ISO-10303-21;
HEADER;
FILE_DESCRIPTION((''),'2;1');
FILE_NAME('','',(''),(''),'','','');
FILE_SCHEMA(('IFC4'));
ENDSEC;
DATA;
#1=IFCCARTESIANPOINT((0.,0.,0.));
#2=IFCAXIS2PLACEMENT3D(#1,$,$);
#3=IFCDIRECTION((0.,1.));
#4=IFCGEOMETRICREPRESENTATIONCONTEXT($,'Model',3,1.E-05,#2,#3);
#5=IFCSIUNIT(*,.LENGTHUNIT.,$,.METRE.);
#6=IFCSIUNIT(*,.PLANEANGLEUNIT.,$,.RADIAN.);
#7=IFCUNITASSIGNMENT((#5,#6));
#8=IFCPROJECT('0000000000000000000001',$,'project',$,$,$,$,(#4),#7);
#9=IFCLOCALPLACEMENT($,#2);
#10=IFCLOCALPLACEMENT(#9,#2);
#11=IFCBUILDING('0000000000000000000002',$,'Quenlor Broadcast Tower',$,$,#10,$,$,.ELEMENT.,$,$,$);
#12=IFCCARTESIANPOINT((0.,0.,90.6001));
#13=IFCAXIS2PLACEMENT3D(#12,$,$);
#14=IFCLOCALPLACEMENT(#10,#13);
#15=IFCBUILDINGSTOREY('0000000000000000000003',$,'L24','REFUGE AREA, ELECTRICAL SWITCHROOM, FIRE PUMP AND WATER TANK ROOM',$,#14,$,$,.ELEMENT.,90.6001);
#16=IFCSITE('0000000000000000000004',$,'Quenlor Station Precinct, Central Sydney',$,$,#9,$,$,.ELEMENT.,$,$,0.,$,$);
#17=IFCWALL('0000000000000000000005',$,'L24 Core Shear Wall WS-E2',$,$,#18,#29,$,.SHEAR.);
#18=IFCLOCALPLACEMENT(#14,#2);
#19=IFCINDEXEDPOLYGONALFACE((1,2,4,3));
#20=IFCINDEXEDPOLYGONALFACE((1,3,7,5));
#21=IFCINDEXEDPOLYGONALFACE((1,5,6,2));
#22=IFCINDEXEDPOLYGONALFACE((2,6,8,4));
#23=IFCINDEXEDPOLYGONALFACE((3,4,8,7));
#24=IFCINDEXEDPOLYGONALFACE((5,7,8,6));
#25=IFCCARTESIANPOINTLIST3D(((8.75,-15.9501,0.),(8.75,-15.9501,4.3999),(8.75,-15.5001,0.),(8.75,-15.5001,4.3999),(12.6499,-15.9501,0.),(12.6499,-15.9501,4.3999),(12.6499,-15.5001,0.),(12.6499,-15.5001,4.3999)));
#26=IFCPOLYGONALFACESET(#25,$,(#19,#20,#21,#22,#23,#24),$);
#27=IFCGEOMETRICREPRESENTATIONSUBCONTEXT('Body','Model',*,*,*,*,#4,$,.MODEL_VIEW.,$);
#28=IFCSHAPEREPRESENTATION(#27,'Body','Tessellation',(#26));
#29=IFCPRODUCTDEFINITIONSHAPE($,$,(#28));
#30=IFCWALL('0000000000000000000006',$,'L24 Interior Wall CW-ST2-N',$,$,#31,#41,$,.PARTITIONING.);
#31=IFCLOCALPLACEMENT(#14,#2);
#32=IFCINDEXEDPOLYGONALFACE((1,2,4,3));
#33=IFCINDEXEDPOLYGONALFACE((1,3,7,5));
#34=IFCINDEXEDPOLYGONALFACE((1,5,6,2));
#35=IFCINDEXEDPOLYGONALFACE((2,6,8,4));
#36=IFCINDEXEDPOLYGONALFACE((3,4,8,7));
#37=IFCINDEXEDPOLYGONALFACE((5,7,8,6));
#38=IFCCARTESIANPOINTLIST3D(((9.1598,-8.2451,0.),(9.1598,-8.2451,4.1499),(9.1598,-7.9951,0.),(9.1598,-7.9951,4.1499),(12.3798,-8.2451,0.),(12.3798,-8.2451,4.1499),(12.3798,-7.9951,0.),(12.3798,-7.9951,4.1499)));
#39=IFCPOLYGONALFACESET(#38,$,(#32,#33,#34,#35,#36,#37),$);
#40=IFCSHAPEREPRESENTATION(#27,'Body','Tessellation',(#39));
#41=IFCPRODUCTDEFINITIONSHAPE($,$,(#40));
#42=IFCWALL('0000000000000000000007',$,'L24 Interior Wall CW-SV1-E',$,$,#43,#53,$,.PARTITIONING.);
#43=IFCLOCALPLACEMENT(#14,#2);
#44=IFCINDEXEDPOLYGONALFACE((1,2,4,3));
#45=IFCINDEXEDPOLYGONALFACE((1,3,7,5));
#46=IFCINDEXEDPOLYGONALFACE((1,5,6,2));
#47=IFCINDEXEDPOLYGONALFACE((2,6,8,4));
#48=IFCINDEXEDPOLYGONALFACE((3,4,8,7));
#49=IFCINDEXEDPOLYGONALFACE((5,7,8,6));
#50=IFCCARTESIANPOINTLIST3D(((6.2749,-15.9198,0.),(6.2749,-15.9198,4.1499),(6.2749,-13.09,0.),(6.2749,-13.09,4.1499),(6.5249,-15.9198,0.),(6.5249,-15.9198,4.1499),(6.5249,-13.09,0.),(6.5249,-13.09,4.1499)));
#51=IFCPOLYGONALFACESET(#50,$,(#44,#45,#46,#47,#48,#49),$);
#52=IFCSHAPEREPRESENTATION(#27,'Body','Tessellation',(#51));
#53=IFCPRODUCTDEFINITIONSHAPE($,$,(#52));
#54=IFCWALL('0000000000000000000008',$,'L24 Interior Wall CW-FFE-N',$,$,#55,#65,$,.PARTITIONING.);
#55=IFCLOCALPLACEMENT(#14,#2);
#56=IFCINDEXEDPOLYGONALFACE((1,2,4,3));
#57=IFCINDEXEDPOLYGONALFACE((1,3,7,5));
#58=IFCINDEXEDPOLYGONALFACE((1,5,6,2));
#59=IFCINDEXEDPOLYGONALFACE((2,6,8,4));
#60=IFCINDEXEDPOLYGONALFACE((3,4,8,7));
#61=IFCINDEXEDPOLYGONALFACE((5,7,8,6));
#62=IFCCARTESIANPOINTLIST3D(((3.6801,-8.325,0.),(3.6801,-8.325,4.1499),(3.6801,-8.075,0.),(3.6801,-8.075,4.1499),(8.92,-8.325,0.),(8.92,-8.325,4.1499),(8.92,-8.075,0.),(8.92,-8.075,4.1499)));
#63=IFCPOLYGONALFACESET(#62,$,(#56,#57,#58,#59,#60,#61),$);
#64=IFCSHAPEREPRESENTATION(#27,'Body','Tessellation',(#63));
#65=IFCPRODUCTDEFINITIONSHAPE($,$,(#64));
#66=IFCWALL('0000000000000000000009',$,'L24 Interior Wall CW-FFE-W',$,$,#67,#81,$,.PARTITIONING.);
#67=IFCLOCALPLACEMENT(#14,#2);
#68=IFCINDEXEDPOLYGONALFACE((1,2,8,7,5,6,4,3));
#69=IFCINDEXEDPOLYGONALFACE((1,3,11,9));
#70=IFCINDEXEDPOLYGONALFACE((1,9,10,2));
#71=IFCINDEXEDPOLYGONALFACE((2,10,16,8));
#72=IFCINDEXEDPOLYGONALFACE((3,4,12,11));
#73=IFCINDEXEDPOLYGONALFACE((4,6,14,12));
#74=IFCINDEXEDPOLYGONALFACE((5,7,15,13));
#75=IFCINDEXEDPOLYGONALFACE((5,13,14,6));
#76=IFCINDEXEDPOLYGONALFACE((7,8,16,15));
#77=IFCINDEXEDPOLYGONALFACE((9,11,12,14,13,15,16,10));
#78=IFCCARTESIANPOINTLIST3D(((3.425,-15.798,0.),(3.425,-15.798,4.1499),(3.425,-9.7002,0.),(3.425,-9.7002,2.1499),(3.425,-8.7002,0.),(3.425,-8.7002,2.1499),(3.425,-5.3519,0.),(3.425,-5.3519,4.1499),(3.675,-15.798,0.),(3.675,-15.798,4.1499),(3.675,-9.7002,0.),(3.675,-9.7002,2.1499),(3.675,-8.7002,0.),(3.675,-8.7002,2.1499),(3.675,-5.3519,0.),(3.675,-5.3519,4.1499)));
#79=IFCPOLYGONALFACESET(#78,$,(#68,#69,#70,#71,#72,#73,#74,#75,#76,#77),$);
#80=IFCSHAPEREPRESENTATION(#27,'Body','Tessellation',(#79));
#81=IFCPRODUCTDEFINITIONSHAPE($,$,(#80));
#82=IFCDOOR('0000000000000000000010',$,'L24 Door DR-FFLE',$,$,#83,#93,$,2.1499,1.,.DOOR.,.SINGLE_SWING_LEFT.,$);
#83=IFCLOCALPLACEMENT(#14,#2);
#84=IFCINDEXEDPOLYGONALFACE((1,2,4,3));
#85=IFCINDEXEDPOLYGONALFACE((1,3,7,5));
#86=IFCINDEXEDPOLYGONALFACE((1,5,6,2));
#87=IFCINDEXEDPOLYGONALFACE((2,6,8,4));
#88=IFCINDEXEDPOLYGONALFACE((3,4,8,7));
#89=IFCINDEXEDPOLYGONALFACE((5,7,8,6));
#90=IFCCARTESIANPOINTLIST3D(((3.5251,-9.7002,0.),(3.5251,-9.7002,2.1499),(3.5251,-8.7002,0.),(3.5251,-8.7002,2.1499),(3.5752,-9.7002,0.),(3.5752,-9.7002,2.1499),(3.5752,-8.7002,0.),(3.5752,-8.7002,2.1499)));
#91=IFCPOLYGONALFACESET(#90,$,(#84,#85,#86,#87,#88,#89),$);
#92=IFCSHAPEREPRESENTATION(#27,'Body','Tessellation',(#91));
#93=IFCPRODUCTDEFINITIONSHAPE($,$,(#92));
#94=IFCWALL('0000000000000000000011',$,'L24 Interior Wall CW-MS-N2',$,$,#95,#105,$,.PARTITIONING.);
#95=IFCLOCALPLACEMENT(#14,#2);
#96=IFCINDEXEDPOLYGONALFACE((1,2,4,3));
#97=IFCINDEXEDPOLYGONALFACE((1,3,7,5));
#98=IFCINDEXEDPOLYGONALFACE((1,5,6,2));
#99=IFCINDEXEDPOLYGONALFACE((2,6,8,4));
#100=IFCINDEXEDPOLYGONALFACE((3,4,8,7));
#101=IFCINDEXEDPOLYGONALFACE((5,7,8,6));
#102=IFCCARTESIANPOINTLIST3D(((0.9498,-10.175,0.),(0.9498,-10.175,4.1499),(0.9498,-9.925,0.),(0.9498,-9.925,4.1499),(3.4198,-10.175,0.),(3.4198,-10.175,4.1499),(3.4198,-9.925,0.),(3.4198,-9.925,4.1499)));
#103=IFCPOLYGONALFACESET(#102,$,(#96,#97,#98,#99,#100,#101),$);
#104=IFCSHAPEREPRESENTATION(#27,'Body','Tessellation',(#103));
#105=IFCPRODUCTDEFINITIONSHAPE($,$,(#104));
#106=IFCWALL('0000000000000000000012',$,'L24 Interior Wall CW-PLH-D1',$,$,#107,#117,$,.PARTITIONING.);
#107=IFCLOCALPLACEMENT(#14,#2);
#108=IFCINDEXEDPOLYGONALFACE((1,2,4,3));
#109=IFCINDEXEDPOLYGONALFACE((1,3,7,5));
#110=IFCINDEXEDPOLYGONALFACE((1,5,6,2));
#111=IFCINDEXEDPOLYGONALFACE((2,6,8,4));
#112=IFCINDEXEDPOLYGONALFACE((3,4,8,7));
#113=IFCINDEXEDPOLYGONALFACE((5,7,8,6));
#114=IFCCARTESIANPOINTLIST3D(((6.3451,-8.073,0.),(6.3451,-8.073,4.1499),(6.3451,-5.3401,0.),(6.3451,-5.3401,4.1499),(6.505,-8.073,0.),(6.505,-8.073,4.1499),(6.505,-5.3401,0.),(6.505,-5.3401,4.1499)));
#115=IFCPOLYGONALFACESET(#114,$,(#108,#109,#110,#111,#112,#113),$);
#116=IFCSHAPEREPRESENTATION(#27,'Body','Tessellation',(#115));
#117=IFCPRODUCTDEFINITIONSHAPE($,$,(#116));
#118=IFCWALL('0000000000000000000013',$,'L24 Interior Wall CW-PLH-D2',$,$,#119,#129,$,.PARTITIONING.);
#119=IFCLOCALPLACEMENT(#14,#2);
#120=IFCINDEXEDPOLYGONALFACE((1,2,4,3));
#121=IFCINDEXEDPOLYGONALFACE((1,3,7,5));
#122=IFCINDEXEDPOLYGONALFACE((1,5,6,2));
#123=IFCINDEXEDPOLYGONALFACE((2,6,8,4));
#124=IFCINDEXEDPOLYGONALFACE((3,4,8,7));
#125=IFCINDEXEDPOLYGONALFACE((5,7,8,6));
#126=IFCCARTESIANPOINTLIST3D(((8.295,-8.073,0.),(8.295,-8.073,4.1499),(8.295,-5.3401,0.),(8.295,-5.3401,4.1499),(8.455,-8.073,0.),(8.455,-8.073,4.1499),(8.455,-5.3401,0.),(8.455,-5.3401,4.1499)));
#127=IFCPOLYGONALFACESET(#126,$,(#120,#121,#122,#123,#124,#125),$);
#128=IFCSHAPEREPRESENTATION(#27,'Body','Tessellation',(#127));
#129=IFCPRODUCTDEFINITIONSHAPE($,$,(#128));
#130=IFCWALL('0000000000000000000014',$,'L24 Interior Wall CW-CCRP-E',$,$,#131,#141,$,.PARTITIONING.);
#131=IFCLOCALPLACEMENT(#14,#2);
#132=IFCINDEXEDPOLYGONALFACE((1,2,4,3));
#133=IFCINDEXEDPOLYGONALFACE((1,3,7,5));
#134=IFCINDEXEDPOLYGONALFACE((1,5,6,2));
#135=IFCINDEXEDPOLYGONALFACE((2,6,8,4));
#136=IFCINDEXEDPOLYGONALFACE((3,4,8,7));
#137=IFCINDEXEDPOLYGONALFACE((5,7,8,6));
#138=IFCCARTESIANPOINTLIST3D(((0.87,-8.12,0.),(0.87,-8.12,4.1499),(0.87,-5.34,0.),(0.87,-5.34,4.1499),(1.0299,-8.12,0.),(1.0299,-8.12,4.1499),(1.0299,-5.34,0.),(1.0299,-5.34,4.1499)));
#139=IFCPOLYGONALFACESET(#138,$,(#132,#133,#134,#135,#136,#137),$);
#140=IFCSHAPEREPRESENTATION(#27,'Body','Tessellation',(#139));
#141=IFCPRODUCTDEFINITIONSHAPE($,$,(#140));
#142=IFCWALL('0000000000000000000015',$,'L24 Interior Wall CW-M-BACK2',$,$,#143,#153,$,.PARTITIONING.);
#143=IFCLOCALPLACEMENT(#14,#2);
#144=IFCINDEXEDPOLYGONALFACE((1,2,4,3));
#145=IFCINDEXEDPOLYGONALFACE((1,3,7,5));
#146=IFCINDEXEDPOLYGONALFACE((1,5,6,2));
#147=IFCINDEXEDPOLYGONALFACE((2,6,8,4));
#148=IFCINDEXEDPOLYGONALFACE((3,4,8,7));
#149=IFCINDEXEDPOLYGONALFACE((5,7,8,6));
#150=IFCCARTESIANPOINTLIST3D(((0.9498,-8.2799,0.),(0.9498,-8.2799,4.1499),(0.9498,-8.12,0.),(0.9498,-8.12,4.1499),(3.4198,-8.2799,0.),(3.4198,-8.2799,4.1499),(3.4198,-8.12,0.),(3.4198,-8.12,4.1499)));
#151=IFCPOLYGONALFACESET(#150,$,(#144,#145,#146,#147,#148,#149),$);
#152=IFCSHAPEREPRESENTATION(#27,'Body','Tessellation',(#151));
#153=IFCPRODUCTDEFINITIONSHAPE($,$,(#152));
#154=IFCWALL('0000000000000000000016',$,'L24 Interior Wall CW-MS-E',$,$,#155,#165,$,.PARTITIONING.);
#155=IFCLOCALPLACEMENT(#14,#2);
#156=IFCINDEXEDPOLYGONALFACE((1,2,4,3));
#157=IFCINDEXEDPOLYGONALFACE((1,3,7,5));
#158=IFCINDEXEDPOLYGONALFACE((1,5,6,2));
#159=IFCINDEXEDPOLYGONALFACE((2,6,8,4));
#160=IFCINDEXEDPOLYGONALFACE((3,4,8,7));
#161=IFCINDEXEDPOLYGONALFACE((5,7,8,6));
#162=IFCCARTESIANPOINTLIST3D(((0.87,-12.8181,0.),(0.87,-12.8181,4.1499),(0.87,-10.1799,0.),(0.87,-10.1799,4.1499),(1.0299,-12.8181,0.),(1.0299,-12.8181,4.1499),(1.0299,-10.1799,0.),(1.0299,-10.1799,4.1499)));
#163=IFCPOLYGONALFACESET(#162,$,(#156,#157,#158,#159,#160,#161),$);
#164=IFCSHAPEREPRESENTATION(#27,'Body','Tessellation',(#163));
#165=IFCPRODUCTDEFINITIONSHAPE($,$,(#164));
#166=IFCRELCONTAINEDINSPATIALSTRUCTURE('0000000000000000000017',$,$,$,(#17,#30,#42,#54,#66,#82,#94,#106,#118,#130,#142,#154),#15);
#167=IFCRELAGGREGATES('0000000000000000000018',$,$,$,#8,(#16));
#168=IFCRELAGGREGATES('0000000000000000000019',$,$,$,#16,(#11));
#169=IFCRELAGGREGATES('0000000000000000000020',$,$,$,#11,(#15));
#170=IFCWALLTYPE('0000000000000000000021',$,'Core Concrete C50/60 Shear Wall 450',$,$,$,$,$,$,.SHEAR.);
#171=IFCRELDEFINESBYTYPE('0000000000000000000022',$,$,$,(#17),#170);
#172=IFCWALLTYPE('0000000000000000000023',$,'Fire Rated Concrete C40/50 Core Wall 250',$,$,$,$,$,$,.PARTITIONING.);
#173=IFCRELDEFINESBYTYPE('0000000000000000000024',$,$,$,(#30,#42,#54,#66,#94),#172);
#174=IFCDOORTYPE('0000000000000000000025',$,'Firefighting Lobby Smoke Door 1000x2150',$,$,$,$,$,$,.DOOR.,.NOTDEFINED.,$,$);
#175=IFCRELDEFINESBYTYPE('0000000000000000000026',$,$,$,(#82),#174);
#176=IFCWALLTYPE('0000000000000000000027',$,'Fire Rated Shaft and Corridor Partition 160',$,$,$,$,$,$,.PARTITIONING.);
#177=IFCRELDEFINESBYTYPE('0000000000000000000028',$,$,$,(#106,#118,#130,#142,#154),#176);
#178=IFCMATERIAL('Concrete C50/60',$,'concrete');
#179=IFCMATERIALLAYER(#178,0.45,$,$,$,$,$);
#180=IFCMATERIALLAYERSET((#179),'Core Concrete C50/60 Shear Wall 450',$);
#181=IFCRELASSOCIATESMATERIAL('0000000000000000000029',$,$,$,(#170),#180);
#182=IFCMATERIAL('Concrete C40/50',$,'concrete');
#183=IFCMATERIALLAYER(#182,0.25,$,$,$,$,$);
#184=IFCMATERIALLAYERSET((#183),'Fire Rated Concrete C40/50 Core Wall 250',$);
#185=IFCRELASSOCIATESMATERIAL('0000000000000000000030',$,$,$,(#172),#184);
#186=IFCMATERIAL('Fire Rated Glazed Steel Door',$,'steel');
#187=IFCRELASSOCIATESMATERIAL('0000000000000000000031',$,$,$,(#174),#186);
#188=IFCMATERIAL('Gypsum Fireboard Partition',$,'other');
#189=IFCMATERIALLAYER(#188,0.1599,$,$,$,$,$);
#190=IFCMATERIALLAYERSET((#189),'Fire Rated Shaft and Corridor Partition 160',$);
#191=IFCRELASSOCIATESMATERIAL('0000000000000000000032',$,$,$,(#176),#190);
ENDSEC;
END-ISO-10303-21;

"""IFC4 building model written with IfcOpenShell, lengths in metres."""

from ifc_helpers import new_model, si_unit, direction, frame, frame_2d, origin, place, context, subcontext, project, spatial, rectangle, extrude, material, layer, layer_set, type_object, element, fill, save


model = new_model("IFC4")

# Units and contexts
model_context = context("Model", 3, precision=1e-05, world=origin(), true_north=direction((0.0, 1.0)))
body_context = subcontext(model_context, "Body", "Model", "MODEL_VIEW")
ifc_project = project(units=[si_unit("LENGTHUNIT", "METRE"), si_unit("PLANEANGLEUNIT", "RADIAN")], contexts=[model_context])

# Site, building, storey
site_placement = place(None, origin())
site = spatial("IfcSite", under=ifc_project, at=site_placement, Name="Quenlor Station Precinct, Central Sydney", CompositionType="ELEMENT", RefElevation=0.0)
building_placement = place(site_placement, origin())
building = spatial("IfcBuilding", under=site, at=building_placement, Name="Quenlor Broadcast Tower", CompositionType="ELEMENT")
storey_placement = place(building_placement, frame((0.0, 0.0, 90.6001)))
storey = spatial("IfcBuildingStorey", under=building, at=storey_placement, Name="L24", Description="REFUGE AREA, ELECTRICAL SWITCHROOM, FIRE PUMP AND WATER TANK ROOM", CompositionType="ELEMENT", Elevation=90.6001)

# Wall
ifc_material_1 = material(Name="Concrete C50/60", Category="concrete")
ifc_layer_1 = layer(ifc_material_1, 0.45)
ifc_layer_set_1 = layer_set([ifc_layer_1], Name="Core Concrete C50/60 Shear Wall 450")
wall_type_1 = type_object("IfcWallType", Name="Core Concrete C50/60 Shear Wall 450", PredefinedType="SHEAR", material=ifc_layer_set_1)
wall_1_placement = place(storey_placement, frame((8.75, -15.7251, 0.0), z_axis=(0.0, 0.0, 1.0), x_axis=(1.0, 0.0, 0.0)))
element("IfcWall", 1, at=wall_1_placement, inside=storey, type_object=wall_type_1, Name="L24 Core Shear Wall WS-E2", PredefinedType="SHEAR", context=body_context, shape_type="SweptSolid", body=[
    extrude(rectangle(XDim=3.8999, YDim=0.45, at=frame_2d((1.95, 0.0))), origin(), (0.0, 0.0, 1.0), 4.3999),
])

# Shared definitions
ifc_material_2 = material(Name="Concrete C40/50", Category="concrete")
ifc_layer_2 = layer(ifc_material_2, 0.25)
ifc_layer_set_2 = layer_set([ifc_layer_2], Name="Fire Rated Concrete C40/50 Core Wall 250")
wall_type_2 = type_object("IfcWallType", Name="Fire Rated Concrete C40/50 Core Wall 250", PredefinedType="PARTITIONING", material=ifc_layer_set_2)

# Wall
wall_2_placement = place(storey_placement, frame((9.1599, -8.1201, 0.0), z_axis=(0.0, 0.0, 1.0), x_axis=(1.0, 0.0, 0.0)))
element("IfcWall", 2, at=wall_2_placement, inside=storey, type_object=wall_type_2, Name="L24 Interior Wall CW-ST2-N", PredefinedType="PARTITIONING", context=body_context, shape_type="SweptSolid", body=[
    extrude(rectangle(XDim=3.22, YDim=0.25, at=frame_2d((1.6099, 0.0))), origin(), (0.0, 0.0, 1.0), 4.1499),
])

# Walls
wall_3_placement = place(storey_placement, frame((6.3999, -15.9199, 0.0), z_axis=(0.0, 0.0, 1.0), x_axis=(0.0, 1.0, 0.0)))
element("IfcWall", 3, at=wall_3_placement, inside=storey, type_object=wall_type_2, Name="L24 Interior Wall CW-SV1-E", PredefinedType="PARTITIONING", context=body_context, shape_type="SweptSolid", body=[
    extrude(rectangle(XDim=2.8298, YDim=0.25, at=frame_2d((1.415, 0.0))), origin(), (0.0, 0.0, 1.0), 4.1499),
])
wall_4_placement = place(storey_placement, frame((3.6799, -8.2, 0.0), z_axis=(0.0, 0.0, 1.0), x_axis=(1.0, 0.0, 0.0)))
element("IfcWall", 4, at=wall_4_placement, inside=storey, type_object=wall_type_2, Name="L24 Interior Wall CW-FFE-N", PredefinedType="PARTITIONING", context=body_context, shape_type="SweptSolid", body=[
    extrude(rectangle(XDim=5.24, YDim=0.25, at=frame_2d((2.6201, 0.0))), origin(), (0.0, 0.0, 1.0), 4.1499),
])

# Wall, opening, door
wall_5_placement = place(storey_placement, frame((3.55, -15.7981, 0.0), z_axis=(0.0, 0.0, 1.0), x_axis=(0.0, 1.0, 0.0)))
wall_5 = element("IfcWall", 5, at=wall_5_placement, inside=storey, type_object=wall_type_2, Name="L24 Interior Wall CW-FFE-W", PredefinedType="PARTITIONING", context=body_context, shape_type="SweptSolid", body=[
    extrude(rectangle(XDim=10.446, YDim=0.25, at=frame_2d((5.2231, 0.0))), origin(), (0.0, 0.0, 1.0), 4.1499),
])
opening_1_placement = place(wall_5_placement, frame((6.0979, 0.0, 0.0)))
opening_1 = element("IfcOpeningElement", 6, at=opening_1_placement, cuts=wall_5, PredefinedType="OPENING", context=body_context, shape_type="SweptSolid", body=[
    extrude(rectangle(XDim=1.0, YDim=2.1499, at=frame_2d((0.5, 1.075))), frame((0.0, 0.135, 0.0), z_axis=(0.0, -1.0, 0.0), x_axis=(1.0, 0.0, 0.0)), (0.0, 0.0, 1.0), 0.27),
])
ifc_material_3 = material(Name="Fire Rated Glazed Steel Door", Category="steel")
door_type_1 = type_object("IfcDoorType", Name="Firefighting Lobby Smoke Door 1000x2150", OperationType="NOTDEFINED", PredefinedType="DOOR", material=ifc_material_3)
door_1_placement = place(opening_1_placement, origin())
door_1 = element("IfcDoor", 7, at=door_1_placement, inside=storey, type_object=door_type_1, Name="L24 Door DR-FFLE", OperationType="SINGLE_SWING_LEFT", OverallHeight=2.1499, OverallWidth=1.0, PredefinedType="DOOR", context=body_context, shape_type="SweptSolid", body=[
    extrude(rectangle(XDim=1.0, YDim=2.1499, at=frame_2d((0.5, 1.075))), frame((0.0, 0.0249, 0.0), z_axis=(0.0, -1.0, 0.0), x_axis=(1.0, 0.0, 0.0)), (0.0, 0.0, 1.0), 0.05),
])
fill(opening_1, door_1)

# Walls
wall_6_placement = place(storey_placement, frame((0.95, -10.05, 0.0), z_axis=(0.0, 0.0, 1.0), x_axis=(1.0, 0.0, 0.0)))
element("IfcWall", 8, at=wall_6_placement, inside=storey, type_object=wall_type_2, Name="L24 Interior Wall CW-MS-N2", PredefinedType="PARTITIONING", context=body_context, shape_type="SweptSolid", body=[
    extrude(rectangle(XDim=2.47, YDim=0.25, at=frame_2d((1.2349, 0.0))), origin(), (0.0, 0.0, 1.0), 4.1499),
])
ifc_material_4 = material(Name="Gypsum Fireboard Partition", Category="other")
ifc_layer_3 = layer(ifc_material_4, 0.1599)
ifc_layer_set_3 = layer_set([ifc_layer_3], Name="Fire Rated Shaft and Corridor Partition 160")
wall_type_3 = type_object("IfcWallType", Name="Fire Rated Shaft and Corridor Partition 160", PredefinedType="PARTITIONING", material=ifc_layer_set_3)
for number, where, z_axis, x_axis, name in (
    (9, (6.425, -8.073, 0.0), (0.0, 0.0, 1.0), (0.0, 1.0, 0.0), "L24 Interior Wall CW-PLH-D1"),
    (10, (8.375, -8.073, 0.0), (0.0, 0.0, 1.0), (0.0, 1.0, 0.0), "L24 Interior Wall CW-PLH-D2"),
):
    element("IfcWall", number, at=place(storey_placement, frame(where, z_axis=z_axis, x_axis=x_axis)), inside=storey, type_object=wall_type_3, Name=name, PredefinedType="PARTITIONING", context=body_context, shape_type="SweptSolid", body=[
        extrude(rectangle(XDim=2.7329, YDim=0.1599, at=frame_2d((1.3665, 0.0))), origin(), (0.0, 0.0, 1.0), 4.1499),
    ])
wall_7_placement = place(storey_placement, frame((0.95, -8.1201, 0.0), z_axis=(0.0, 0.0, 1.0), x_axis=(0.0, 1.0, 0.0)))
element("IfcWall", 11, at=wall_7_placement, inside=storey, type_object=wall_type_3, Name="L24 Interior Wall CW-CCRP-E", PredefinedType="PARTITIONING", context=body_context, shape_type="SweptSolid", body=[
    extrude(rectangle(XDim=2.78, YDim=0.1599, at=frame_2d((1.3901, 0.0))), origin(), (0.0, 0.0, 1.0), 4.1499),
])
wall_8_placement = place(storey_placement, frame((0.95, -8.2, 0.0), z_axis=(0.0, 0.0, 1.0), x_axis=(1.0, 0.0, 0.0)))
element("IfcWall", 12, at=wall_8_placement, inside=storey, type_object=wall_type_3, Name="L24 Interior Wall CW-M-BACK2", PredefinedType="PARTITIONING", context=body_context, shape_type="SweptSolid", body=[
    extrude(rectangle(XDim=2.47, YDim=0.1599, at=frame_2d((1.2349, 0.0))), origin(), (0.0, 0.0, 1.0), 4.1499),
])
wall_9_placement = place(storey_placement, frame((0.95, -12.8181, 0.0), z_axis=(0.0, 0.0, 1.0), x_axis=(0.0, 1.0, 0.0)))
element("IfcWall", 13, at=wall_9_placement, inside=storey, type_object=wall_type_3, Name="L24 Interior Wall CW-MS-E", PredefinedType="PARTITIONING", context=body_context, shape_type="SweptSolid", body=[
    extrude(rectangle(XDim=2.6382, YDim=0.1599, at=frame_2d((1.3191, 0.0))), origin(), (0.0, 0.0, 1.0), 4.1499),
])

save(model, "model.ifc")
